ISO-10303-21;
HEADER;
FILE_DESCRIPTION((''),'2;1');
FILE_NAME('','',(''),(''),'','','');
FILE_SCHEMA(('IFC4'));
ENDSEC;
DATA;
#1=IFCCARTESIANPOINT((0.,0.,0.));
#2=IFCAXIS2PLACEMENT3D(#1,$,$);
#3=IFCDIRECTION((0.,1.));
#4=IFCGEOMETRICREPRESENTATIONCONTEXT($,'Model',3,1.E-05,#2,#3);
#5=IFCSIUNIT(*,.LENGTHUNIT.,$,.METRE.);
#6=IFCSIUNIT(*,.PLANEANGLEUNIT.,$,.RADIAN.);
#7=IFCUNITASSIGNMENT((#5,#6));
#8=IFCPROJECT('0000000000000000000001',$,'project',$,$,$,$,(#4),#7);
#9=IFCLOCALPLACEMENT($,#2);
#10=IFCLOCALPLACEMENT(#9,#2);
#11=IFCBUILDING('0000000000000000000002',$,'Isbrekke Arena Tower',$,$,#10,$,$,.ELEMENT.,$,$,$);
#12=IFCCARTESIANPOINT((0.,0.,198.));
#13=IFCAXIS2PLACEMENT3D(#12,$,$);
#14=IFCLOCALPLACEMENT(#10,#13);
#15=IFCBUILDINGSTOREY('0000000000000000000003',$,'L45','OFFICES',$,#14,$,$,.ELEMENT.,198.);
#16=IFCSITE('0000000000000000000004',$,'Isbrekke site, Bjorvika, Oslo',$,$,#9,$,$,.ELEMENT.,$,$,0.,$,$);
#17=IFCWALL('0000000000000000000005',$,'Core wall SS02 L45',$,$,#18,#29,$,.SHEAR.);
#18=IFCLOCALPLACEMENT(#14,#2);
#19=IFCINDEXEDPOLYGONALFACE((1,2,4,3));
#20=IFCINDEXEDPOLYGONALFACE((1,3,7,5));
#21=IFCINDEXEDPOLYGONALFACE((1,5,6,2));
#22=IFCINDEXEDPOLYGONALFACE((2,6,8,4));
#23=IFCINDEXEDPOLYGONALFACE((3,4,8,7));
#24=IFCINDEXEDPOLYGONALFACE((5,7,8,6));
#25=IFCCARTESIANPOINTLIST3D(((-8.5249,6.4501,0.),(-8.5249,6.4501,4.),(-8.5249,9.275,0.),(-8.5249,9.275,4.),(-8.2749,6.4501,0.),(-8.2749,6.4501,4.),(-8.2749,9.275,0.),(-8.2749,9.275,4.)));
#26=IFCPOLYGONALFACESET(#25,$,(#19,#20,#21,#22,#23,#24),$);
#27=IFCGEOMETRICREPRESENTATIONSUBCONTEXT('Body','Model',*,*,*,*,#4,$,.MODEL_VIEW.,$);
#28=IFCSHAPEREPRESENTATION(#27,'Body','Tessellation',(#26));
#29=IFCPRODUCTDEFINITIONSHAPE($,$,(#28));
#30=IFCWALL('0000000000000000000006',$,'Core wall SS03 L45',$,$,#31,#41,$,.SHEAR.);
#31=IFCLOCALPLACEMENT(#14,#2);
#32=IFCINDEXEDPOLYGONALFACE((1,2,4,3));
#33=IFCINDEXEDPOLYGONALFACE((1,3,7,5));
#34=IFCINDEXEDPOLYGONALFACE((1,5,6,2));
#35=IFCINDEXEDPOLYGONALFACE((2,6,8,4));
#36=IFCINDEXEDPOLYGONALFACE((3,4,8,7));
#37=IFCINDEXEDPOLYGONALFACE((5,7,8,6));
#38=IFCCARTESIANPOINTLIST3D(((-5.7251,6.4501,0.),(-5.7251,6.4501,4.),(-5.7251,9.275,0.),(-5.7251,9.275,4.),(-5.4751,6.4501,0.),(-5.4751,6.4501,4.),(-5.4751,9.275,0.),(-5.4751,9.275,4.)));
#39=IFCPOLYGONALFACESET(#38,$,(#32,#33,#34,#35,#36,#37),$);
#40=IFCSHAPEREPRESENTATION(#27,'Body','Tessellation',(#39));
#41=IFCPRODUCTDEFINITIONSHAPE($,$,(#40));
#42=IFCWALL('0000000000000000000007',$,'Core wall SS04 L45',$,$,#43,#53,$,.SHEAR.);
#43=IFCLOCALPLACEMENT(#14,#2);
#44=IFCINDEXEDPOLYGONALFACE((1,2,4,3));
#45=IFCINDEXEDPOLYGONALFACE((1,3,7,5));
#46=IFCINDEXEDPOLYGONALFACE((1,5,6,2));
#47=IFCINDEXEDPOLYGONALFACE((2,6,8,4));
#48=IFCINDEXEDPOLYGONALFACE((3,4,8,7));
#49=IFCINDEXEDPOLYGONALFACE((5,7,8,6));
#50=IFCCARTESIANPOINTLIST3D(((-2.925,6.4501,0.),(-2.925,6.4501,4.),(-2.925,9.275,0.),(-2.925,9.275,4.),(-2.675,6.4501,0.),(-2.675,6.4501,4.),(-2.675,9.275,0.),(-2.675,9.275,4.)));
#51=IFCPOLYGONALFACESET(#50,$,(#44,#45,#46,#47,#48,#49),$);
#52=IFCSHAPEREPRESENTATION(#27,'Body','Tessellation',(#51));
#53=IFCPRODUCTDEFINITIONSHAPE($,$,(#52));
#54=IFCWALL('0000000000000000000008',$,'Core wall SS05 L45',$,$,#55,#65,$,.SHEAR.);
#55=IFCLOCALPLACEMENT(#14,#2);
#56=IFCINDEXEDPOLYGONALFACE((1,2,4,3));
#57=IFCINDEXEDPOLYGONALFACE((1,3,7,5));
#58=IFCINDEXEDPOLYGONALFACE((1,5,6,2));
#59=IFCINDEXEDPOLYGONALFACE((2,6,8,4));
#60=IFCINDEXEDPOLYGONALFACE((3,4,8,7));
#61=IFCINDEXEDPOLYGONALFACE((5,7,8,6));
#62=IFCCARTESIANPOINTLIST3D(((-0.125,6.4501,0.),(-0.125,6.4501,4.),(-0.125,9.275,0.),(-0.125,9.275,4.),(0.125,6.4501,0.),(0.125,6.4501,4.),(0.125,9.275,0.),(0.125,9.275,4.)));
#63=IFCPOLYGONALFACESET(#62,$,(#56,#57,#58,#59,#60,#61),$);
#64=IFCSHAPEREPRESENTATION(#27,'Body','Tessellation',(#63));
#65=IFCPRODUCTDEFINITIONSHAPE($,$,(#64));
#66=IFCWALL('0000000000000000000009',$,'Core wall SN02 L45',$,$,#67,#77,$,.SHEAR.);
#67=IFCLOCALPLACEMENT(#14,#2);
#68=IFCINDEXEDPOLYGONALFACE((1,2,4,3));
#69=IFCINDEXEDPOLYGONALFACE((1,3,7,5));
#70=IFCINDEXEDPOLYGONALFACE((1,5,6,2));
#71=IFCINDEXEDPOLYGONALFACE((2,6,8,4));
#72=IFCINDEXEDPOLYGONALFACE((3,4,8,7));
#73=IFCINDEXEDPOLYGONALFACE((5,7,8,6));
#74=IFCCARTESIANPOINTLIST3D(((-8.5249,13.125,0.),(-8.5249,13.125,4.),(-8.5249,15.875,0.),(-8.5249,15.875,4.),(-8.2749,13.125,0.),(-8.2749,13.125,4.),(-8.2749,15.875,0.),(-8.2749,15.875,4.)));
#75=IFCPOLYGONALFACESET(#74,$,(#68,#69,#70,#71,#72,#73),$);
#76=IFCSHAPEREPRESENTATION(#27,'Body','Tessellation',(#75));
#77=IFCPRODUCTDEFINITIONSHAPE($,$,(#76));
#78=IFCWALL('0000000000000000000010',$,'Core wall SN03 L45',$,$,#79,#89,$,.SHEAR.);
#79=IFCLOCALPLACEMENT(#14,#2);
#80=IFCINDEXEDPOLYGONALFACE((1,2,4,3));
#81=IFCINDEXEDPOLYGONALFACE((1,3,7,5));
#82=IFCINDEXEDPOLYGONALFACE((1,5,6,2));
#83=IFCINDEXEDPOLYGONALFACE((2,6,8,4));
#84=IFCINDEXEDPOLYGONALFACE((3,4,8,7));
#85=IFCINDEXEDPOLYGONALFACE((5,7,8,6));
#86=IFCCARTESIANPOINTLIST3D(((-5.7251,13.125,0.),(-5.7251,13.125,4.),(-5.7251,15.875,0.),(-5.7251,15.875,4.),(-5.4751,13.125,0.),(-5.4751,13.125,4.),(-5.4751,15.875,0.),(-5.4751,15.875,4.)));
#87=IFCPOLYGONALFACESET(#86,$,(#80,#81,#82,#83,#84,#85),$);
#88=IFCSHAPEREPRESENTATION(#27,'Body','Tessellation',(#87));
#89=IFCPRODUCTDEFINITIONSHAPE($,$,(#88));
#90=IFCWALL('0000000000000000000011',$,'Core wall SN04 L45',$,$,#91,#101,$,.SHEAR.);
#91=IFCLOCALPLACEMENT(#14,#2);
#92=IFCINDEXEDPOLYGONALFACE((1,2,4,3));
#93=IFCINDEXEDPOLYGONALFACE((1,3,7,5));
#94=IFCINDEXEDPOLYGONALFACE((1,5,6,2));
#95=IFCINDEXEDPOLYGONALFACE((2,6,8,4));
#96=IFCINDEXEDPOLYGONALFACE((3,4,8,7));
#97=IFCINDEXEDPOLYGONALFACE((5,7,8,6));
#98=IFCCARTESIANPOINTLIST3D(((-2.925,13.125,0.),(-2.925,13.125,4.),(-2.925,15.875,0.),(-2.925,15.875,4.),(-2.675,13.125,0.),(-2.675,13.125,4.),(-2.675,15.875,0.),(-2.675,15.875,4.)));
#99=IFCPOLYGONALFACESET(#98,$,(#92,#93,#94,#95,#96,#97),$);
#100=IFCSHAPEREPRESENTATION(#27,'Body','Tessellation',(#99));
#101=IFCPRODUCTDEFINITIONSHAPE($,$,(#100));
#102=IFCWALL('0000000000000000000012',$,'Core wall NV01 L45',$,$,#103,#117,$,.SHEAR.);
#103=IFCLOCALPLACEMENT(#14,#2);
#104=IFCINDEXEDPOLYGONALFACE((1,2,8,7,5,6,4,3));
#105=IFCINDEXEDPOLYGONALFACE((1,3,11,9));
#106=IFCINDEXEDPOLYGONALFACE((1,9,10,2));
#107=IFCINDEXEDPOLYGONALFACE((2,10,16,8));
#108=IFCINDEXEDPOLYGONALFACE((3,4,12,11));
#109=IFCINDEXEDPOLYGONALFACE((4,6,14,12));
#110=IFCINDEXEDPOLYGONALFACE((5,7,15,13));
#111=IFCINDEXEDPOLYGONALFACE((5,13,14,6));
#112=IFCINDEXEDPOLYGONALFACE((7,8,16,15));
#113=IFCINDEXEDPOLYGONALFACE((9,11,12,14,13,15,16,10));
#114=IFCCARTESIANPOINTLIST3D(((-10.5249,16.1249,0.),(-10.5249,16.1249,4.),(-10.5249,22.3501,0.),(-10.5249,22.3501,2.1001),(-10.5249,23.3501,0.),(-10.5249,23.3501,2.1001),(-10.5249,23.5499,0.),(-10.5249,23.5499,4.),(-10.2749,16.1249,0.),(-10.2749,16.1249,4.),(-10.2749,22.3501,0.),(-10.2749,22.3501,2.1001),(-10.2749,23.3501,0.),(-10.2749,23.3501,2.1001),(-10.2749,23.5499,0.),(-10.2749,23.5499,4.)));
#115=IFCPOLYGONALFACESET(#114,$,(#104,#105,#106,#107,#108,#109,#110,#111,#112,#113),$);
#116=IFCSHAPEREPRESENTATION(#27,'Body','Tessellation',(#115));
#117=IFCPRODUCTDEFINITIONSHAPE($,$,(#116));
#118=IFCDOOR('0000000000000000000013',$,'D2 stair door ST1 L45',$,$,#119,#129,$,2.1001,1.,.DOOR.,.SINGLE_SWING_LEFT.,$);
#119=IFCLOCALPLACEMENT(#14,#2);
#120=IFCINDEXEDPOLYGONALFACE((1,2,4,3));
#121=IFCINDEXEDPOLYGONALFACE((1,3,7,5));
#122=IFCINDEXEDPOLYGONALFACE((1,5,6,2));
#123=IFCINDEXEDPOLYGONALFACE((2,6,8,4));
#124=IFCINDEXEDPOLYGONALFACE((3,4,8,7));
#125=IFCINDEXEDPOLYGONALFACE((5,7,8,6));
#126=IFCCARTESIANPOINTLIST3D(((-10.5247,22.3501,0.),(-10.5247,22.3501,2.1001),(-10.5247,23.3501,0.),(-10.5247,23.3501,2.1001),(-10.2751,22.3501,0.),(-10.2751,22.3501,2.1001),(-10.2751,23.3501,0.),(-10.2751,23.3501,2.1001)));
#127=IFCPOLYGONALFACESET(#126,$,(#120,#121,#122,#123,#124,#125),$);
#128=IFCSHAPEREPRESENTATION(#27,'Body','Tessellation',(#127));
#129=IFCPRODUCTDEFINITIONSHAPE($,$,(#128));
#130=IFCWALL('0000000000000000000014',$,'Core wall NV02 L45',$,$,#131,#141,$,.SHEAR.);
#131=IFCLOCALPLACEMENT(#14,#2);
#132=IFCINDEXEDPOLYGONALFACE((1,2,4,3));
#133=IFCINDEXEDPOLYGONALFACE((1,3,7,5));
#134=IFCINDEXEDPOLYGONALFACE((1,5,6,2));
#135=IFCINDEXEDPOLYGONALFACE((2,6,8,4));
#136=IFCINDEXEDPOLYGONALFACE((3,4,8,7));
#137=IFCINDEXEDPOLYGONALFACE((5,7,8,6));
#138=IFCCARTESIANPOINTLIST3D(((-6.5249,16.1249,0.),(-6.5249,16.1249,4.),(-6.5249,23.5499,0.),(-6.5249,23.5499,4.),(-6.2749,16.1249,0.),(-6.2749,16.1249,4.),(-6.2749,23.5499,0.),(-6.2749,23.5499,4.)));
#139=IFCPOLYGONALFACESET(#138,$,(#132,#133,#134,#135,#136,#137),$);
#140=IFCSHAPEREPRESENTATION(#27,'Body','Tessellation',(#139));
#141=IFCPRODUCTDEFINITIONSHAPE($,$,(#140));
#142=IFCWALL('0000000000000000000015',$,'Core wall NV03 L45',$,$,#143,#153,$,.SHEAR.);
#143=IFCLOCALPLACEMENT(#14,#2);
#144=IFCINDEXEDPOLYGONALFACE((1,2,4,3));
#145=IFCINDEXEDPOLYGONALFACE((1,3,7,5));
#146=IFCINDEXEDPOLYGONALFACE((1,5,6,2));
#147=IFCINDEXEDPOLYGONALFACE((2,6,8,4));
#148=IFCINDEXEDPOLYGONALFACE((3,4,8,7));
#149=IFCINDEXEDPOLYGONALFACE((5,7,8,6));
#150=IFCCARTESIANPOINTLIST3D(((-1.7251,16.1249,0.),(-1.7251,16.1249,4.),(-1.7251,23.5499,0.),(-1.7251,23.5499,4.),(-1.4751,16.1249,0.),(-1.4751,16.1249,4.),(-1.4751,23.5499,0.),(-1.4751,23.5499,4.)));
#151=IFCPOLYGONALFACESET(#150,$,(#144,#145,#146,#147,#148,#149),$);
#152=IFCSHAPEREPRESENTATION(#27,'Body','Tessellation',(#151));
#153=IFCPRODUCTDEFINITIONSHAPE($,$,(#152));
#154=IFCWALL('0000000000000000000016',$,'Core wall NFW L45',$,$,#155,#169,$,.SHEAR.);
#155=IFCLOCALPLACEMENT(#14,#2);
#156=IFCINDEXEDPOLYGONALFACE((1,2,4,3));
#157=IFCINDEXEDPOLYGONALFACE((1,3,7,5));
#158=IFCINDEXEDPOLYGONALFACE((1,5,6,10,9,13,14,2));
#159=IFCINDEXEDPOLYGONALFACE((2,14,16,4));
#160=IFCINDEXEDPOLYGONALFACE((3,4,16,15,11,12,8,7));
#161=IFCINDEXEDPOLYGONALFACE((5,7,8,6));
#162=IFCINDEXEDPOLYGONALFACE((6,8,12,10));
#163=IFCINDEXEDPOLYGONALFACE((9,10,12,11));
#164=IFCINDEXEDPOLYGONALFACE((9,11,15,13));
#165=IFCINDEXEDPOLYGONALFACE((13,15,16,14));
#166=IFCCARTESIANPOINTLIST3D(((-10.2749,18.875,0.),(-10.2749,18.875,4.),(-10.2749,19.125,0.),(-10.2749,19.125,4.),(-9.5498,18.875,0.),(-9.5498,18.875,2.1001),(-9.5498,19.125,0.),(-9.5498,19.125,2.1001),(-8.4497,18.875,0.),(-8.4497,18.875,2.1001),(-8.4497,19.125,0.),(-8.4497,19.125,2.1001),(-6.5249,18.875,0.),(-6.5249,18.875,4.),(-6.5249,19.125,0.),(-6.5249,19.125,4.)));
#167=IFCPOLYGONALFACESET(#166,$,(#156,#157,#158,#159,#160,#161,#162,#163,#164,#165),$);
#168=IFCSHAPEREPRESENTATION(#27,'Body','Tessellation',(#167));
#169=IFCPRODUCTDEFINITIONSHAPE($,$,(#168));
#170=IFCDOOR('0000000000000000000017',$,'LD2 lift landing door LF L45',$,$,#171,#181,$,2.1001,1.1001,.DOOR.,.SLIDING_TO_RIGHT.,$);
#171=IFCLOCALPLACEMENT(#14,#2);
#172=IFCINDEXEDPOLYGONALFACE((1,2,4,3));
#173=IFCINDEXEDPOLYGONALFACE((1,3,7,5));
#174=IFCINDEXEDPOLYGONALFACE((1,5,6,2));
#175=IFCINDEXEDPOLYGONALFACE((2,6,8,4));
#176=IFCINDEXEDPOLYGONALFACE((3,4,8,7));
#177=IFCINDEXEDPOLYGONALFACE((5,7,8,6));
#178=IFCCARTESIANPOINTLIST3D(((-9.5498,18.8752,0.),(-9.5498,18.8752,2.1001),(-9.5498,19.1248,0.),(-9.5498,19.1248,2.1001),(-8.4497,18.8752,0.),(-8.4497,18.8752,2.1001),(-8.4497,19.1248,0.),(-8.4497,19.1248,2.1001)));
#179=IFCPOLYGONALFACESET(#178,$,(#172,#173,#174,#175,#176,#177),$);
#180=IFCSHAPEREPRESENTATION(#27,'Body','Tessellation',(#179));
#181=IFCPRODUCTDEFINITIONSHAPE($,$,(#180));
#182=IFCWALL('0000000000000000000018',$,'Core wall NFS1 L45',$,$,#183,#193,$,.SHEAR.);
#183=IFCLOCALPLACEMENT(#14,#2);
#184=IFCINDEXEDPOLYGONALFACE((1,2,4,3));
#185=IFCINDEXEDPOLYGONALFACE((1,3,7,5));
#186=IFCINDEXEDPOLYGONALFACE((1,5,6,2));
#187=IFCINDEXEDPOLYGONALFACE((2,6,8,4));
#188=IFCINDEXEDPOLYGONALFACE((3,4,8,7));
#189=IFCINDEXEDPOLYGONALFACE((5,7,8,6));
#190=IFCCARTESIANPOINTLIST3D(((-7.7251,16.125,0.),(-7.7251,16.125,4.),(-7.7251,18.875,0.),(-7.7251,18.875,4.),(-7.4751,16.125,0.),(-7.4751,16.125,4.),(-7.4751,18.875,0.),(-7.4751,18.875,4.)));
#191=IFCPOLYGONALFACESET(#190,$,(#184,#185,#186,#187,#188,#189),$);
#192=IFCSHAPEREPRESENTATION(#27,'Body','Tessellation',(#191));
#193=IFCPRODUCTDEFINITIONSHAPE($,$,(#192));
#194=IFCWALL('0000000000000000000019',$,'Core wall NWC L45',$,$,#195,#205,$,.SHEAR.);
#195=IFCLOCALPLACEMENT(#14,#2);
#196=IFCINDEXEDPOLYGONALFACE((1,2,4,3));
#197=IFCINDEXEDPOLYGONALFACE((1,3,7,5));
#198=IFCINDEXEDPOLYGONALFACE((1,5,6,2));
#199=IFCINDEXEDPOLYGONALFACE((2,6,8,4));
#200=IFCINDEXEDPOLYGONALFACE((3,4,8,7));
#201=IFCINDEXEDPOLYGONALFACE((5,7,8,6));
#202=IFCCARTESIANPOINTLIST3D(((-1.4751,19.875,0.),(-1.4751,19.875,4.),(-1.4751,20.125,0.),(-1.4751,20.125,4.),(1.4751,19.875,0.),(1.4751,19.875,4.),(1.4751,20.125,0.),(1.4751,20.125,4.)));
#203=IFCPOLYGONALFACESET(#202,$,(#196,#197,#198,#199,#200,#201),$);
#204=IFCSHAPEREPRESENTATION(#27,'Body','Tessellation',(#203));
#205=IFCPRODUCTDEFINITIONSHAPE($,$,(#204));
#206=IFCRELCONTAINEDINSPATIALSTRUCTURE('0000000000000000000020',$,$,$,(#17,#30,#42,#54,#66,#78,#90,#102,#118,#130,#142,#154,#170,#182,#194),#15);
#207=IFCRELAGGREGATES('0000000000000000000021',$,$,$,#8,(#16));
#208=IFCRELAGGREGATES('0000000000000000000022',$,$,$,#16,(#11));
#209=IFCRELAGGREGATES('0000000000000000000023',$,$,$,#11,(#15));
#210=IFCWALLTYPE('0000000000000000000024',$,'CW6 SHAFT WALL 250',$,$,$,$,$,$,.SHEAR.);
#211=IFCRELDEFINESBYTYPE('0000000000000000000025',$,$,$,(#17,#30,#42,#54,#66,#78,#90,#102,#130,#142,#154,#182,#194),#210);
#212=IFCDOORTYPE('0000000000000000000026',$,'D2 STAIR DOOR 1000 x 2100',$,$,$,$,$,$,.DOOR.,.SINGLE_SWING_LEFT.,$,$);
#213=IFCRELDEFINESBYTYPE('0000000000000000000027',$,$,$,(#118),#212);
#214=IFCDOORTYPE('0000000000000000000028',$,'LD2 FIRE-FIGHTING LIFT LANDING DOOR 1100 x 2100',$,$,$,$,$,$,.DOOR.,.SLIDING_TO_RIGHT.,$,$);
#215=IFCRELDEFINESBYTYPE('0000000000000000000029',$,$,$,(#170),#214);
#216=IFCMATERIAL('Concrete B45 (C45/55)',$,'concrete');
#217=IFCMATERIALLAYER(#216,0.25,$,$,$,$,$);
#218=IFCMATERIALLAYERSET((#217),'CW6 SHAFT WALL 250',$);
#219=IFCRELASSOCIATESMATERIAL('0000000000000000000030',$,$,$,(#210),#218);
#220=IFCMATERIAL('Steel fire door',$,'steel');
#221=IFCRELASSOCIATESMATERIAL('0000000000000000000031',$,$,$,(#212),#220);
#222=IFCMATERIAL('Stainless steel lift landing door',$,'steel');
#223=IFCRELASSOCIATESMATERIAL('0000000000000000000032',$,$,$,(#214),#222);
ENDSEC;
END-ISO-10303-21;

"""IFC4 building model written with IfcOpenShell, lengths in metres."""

from ifc_helpers import new_model, si_unit, direction, frame, frame_2d, origin, place, context, subcontext, project, spatial, rectangle, extrude, material, layer, layer_set, type_object, element, fill, save


model = new_model("IFC4")

# Units and contexts
model_context = context("Model", 3, precision=1e-05, world=origin(), true_north=direction((0.0, 1.0)))
body_context = subcontext(model_context, "Body", "Model", "MODEL_VIEW")
ifc_project = project(units=[si_unit("LENGTHUNIT", "METRE"), si_unit("PLANEANGLEUNIT", "RADIAN")], contexts=[model_context])

# Site, building, storey
site_placement = place(None, origin())
site = spatial("IfcSite", under=ifc_project, at=site_placement, Name="Isbrekke site, Bjorvika, Oslo", CompositionType="ELEMENT", RefElevation=0.0)
building_placement = place(site_placement, origin())
building = spatial("IfcBuilding", under=site, at=building_placement, Name="Isbrekke Arena Tower", CompositionType="ELEMENT")
storey_placement = place(building_placement, frame((0.0, 0.0, 198.0)))
storey = spatial("IfcBuildingStorey", under=building, at=storey_placement, Name="L45", Description="OFFICES", CompositionType="ELEMENT", Elevation=198.0)

# Walls
ifc_material_1 = material(Name="Concrete B45 (C45/55)", Category="concrete")
ifc_layer_1 = layer(ifc_material_1, 0.25)
ifc_layer_set_1 = layer_set([ifc_layer_1], Name="CW6 SHAFT WALL 250")
wall_type_1 = type_object("IfcWallType", Name="CW6 SHAFT WALL 250", PredefinedType="SHEAR", material=ifc_layer_set_1)
for number, where, z_axis, x_axis, name in (
    (1, (-8.3999, 6.45, 0.0), (0.0, 0.0, 1.0), (0.0, 1.0, 0.0), "Core wall SS02 L45"),
    (2, (-5.6001, 6.45, 0.0), (0.0, 0.0, 1.0), (0.0, 1.0, 0.0), "Core wall SS03 L45"),
    (3, (-2.8, 6.45, 0.0), (0.0, 0.0, 1.0), (0.0, 1.0, 0.0), "Core wall SS04 L45"),
    (4, (0.0, 6.45, 0.0), (0.0, 0.0, 1.0), (0.0, 1.0, 0.0), "Core wall SS05 L45"),
):
    element("IfcWall", number, at=place(storey_placement, frame(where, z_axis=z_axis, x_axis=x_axis)), inside=storey, type_object=wall_type_1, Name=name, PredefinedType="SHEAR", context=body_context, shape_type="SweptSolid", body=[
        extrude(rectangle(XDim=2.825, YDim=0.25, at=frame_2d((1.4126, 0.0))), origin(), (0.0, 0.0, 1.0), 4.0),
    ])
for number, where, z_axis, x_axis, name in (
    (5, (-8.3999, 13.125, 0.0), (0.0, 0.0, 1.0), (0.0, 1.0, 0.0), "Core wall SN02 L45"),
    (6, (-5.6001, 13.125, 0.0), (0.0, 0.0, 1.0), (0.0, 1.0, 0.0), "Core wall SN03 L45"),
    (7, (-2.8, 13.125, 0.0), (0.0, 0.0, 1.0), (0.0, 1.0, 0.0), "Core wall SN04 L45"),
):
    element("IfcWall", number, at=place(storey_placement, frame(where, z_axis=z_axis, x_axis=x_axis)), inside=storey, type_object=wall_type_1, Name=name, PredefinedType="SHEAR", context=body_context, shape_type="SweptSolid", body=[
        extrude(rectangle(XDim=2.75, YDim=0.25, at=frame_2d((1.375, 0.0))), origin(), (0.0, 0.0, 1.0), 4.0),
    ])

# Wall, opening, door
wall_1_placement = place(storey_placement, frame((-10.3999, 16.125, 0.0), z_axis=(0.0, 0.0, 1.0), x_axis=(0.0, 1.0, 0.0)))
wall_1 = element("IfcWall", 8, at=wall_1_placement, inside=storey, type_object=wall_type_1, Name="Core wall NV01 L45", PredefinedType="SHEAR", context=body_context, shape_type="SweptSolid", body=[
    extrude(rectangle(XDim=7.425, YDim=0.25, at=frame_2d((3.7124, 0.0))), origin(), (0.0, 0.0, 1.0), 4.0),
])
opening_1_placement = place(wall_1_placement, frame((6.2251, 0.0, 0.0)))
opening_1 = element("IfcOpeningElement", 9, at=opening_1_placement, cuts=wall_1, PredefinedType="OPENING", context=body_context, shape_type="SweptSolid", body=[
    extrude(rectangle(XDim=1.0, YDim=2.1001, at=frame_2d((0.5, 1.05))), frame((0.0, 0.1399, 0.0), z_axis=(0.0, -1.0, 0.0), x_axis=(1.0, 0.0, 0.0)), (0.0, 0.0, 1.0), 0.2798),
])
ifc_material_2 = material(Name="Steel fire door", Category="steel")
door_type_1 = type_object("IfcDoorType", Name="D2 STAIR DOOR 1000 x 2100", OperationType="SINGLE_SWING_LEFT", PredefinedType="DOOR", material=ifc_material_2)
door_1_placement = place(opening_1_placement, origin())
door_1 = element("IfcDoor", 10, at=door_1_placement, inside=storey, type_object=door_type_1, Name="D2 stair door ST1 L45", OperationType="SINGLE_SWING_LEFT", OverallHeight=2.1001, OverallWidth=1.0, PredefinedType="DOOR", context=body_context, shape_type="SweptSolid", body=[
    extrude(rectangle(XDim=1.0, YDim=2.1001, at=frame_2d((0.5, 1.05))), frame((0.0, 0.1248, 0.0), z_axis=(0.0, -1.0, 0.0), x_axis=(1.0, 0.0, 0.0)), (0.0, 0.0, 1.0), 0.2495),
])
fill(opening_1, door_1)

# Walls
for number, where, z_axis, x_axis, name in (
    (11, (-6.3999, 16.125, 0.0), (0.0, 0.0, 1.0), (0.0, 1.0, 0.0), "Core wall NV02 L45"),
    (12, (-1.6001, 16.125, 0.0), (0.0, 0.0, 1.0), (0.0, 1.0, 0.0), "Core wall NV03 L45"),
):
    element("IfcWall", number, at=place(storey_placement, frame(where, z_axis=z_axis, x_axis=x_axis)), inside=storey, type_object=wall_type_1, Name=name, PredefinedType="SHEAR", context=body_context, shape_type="SweptSolid", body=[
        extrude(rectangle(XDim=7.425, YDim=0.25, at=frame_2d((3.7124, 0.0))), origin(), (0.0, 0.0, 1.0), 4.0),
    ])

# Wall, opening, door
wall_2_placement = place(storey_placement, frame((-10.2749, 19.0, 0.0), z_axis=(0.0, 0.0, 1.0), x_axis=(1.0, 0.0, 0.0)))
wall_2 = element("IfcWall", 13, at=wall_2_placement, inside=storey, type_object=wall_type_1, Name="Core wall NFW L45", PredefinedType="SHEAR", context=body_context, shape_type="SweptSolid", body=[
    extrude(rectangle(XDim=3.75, YDim=0.25, at=frame_2d((1.875, 0.0))), origin(), (0.0, 0.0, 1.0), 4.0),
])
opening_2_placement = place(wall_2_placement, frame((0.7251, 0.0, 0.0)))
opening_2 = element("IfcOpeningElement", 14, at=opening_2_placement, cuts=wall_2, PredefinedType="OPENING", context=body_context, shape_type="SweptSolid", body=[
    extrude(rectangle(XDim=1.1001, YDim=2.1001, at=frame_2d((0.55, 1.05))), frame((0.0, 0.1399, 0.0), z_axis=(0.0, -1.0, 0.0), x_axis=(1.0, 0.0, 0.0)), (0.0, 0.0, 1.0), 0.2798),
])
ifc_material_3 = material(Name="Stainless steel lift landing door", Category="steel")
door_type_2 = type_object("IfcDoorType", Name="LD2 FIRE-FIGHTING LIFT LANDING DOOR 1100 x 2100", OperationType="SLIDING_TO_RIGHT", PredefinedType="DOOR", material=ifc_material_3)
door_2_placement = place(opening_2_placement, origin())
door_2 = element("IfcDoor", 15, at=door_2_placement, inside=storey, type_object=door_type_2, Name="LD2 lift landing door LF L45", OperationType="SLIDING_TO_RIGHT", OverallHeight=2.1001, OverallWidth=1.1001, PredefinedType="DOOR", context=body_context, shape_type="SweptSolid", body=[
    extrude(rectangle(XDim=1.1001, YDim=2.1001, at=frame_2d((0.55, 1.05))), frame((0.0, 0.1248, 0.0), z_axis=(0.0, -1.0, 0.0), x_axis=(1.0, 0.0, 0.0)), (0.0, 0.0, 1.0), 0.2495),
])
fill(opening_2, door_2)

# Walls
wall_3_placement = place(storey_placement, frame((-7.6001, 16.125, 0.0), z_axis=(0.0, 0.0, 1.0), x_axis=(0.0, 1.0, 0.0)))
element("IfcWall", 16, at=wall_3_placement, inside=storey, type_object=wall_type_1, Name="Core wall NFS1 L45", PredefinedType="SHEAR", context=body_context, shape_type="SweptSolid", body=[
    extrude(rectangle(XDim=2.75, YDim=0.25, at=frame_2d((1.375, 0.0))), origin(), (0.0, 0.0, 1.0), 4.0),
])
wall_4_placement = place(storey_placement, frame((-1.4751, 20.0, 0.0), z_axis=(0.0, 0.0, 1.0), x_axis=(1.0, 0.0, 0.0)))
element("IfcWall", 17, at=wall_4_placement, inside=storey, type_object=wall_type_1, Name="Core wall NWC L45", PredefinedType="SHEAR", context=body_context, shape_type="SweptSolid", body=[
    extrude(rectangle(XDim=2.9502, YDim=0.25, at=frame_2d((1.4751, 0.0))), origin(), (0.0, 0.0, 1.0), 4.0),
])

save(model, "model.ifc")
